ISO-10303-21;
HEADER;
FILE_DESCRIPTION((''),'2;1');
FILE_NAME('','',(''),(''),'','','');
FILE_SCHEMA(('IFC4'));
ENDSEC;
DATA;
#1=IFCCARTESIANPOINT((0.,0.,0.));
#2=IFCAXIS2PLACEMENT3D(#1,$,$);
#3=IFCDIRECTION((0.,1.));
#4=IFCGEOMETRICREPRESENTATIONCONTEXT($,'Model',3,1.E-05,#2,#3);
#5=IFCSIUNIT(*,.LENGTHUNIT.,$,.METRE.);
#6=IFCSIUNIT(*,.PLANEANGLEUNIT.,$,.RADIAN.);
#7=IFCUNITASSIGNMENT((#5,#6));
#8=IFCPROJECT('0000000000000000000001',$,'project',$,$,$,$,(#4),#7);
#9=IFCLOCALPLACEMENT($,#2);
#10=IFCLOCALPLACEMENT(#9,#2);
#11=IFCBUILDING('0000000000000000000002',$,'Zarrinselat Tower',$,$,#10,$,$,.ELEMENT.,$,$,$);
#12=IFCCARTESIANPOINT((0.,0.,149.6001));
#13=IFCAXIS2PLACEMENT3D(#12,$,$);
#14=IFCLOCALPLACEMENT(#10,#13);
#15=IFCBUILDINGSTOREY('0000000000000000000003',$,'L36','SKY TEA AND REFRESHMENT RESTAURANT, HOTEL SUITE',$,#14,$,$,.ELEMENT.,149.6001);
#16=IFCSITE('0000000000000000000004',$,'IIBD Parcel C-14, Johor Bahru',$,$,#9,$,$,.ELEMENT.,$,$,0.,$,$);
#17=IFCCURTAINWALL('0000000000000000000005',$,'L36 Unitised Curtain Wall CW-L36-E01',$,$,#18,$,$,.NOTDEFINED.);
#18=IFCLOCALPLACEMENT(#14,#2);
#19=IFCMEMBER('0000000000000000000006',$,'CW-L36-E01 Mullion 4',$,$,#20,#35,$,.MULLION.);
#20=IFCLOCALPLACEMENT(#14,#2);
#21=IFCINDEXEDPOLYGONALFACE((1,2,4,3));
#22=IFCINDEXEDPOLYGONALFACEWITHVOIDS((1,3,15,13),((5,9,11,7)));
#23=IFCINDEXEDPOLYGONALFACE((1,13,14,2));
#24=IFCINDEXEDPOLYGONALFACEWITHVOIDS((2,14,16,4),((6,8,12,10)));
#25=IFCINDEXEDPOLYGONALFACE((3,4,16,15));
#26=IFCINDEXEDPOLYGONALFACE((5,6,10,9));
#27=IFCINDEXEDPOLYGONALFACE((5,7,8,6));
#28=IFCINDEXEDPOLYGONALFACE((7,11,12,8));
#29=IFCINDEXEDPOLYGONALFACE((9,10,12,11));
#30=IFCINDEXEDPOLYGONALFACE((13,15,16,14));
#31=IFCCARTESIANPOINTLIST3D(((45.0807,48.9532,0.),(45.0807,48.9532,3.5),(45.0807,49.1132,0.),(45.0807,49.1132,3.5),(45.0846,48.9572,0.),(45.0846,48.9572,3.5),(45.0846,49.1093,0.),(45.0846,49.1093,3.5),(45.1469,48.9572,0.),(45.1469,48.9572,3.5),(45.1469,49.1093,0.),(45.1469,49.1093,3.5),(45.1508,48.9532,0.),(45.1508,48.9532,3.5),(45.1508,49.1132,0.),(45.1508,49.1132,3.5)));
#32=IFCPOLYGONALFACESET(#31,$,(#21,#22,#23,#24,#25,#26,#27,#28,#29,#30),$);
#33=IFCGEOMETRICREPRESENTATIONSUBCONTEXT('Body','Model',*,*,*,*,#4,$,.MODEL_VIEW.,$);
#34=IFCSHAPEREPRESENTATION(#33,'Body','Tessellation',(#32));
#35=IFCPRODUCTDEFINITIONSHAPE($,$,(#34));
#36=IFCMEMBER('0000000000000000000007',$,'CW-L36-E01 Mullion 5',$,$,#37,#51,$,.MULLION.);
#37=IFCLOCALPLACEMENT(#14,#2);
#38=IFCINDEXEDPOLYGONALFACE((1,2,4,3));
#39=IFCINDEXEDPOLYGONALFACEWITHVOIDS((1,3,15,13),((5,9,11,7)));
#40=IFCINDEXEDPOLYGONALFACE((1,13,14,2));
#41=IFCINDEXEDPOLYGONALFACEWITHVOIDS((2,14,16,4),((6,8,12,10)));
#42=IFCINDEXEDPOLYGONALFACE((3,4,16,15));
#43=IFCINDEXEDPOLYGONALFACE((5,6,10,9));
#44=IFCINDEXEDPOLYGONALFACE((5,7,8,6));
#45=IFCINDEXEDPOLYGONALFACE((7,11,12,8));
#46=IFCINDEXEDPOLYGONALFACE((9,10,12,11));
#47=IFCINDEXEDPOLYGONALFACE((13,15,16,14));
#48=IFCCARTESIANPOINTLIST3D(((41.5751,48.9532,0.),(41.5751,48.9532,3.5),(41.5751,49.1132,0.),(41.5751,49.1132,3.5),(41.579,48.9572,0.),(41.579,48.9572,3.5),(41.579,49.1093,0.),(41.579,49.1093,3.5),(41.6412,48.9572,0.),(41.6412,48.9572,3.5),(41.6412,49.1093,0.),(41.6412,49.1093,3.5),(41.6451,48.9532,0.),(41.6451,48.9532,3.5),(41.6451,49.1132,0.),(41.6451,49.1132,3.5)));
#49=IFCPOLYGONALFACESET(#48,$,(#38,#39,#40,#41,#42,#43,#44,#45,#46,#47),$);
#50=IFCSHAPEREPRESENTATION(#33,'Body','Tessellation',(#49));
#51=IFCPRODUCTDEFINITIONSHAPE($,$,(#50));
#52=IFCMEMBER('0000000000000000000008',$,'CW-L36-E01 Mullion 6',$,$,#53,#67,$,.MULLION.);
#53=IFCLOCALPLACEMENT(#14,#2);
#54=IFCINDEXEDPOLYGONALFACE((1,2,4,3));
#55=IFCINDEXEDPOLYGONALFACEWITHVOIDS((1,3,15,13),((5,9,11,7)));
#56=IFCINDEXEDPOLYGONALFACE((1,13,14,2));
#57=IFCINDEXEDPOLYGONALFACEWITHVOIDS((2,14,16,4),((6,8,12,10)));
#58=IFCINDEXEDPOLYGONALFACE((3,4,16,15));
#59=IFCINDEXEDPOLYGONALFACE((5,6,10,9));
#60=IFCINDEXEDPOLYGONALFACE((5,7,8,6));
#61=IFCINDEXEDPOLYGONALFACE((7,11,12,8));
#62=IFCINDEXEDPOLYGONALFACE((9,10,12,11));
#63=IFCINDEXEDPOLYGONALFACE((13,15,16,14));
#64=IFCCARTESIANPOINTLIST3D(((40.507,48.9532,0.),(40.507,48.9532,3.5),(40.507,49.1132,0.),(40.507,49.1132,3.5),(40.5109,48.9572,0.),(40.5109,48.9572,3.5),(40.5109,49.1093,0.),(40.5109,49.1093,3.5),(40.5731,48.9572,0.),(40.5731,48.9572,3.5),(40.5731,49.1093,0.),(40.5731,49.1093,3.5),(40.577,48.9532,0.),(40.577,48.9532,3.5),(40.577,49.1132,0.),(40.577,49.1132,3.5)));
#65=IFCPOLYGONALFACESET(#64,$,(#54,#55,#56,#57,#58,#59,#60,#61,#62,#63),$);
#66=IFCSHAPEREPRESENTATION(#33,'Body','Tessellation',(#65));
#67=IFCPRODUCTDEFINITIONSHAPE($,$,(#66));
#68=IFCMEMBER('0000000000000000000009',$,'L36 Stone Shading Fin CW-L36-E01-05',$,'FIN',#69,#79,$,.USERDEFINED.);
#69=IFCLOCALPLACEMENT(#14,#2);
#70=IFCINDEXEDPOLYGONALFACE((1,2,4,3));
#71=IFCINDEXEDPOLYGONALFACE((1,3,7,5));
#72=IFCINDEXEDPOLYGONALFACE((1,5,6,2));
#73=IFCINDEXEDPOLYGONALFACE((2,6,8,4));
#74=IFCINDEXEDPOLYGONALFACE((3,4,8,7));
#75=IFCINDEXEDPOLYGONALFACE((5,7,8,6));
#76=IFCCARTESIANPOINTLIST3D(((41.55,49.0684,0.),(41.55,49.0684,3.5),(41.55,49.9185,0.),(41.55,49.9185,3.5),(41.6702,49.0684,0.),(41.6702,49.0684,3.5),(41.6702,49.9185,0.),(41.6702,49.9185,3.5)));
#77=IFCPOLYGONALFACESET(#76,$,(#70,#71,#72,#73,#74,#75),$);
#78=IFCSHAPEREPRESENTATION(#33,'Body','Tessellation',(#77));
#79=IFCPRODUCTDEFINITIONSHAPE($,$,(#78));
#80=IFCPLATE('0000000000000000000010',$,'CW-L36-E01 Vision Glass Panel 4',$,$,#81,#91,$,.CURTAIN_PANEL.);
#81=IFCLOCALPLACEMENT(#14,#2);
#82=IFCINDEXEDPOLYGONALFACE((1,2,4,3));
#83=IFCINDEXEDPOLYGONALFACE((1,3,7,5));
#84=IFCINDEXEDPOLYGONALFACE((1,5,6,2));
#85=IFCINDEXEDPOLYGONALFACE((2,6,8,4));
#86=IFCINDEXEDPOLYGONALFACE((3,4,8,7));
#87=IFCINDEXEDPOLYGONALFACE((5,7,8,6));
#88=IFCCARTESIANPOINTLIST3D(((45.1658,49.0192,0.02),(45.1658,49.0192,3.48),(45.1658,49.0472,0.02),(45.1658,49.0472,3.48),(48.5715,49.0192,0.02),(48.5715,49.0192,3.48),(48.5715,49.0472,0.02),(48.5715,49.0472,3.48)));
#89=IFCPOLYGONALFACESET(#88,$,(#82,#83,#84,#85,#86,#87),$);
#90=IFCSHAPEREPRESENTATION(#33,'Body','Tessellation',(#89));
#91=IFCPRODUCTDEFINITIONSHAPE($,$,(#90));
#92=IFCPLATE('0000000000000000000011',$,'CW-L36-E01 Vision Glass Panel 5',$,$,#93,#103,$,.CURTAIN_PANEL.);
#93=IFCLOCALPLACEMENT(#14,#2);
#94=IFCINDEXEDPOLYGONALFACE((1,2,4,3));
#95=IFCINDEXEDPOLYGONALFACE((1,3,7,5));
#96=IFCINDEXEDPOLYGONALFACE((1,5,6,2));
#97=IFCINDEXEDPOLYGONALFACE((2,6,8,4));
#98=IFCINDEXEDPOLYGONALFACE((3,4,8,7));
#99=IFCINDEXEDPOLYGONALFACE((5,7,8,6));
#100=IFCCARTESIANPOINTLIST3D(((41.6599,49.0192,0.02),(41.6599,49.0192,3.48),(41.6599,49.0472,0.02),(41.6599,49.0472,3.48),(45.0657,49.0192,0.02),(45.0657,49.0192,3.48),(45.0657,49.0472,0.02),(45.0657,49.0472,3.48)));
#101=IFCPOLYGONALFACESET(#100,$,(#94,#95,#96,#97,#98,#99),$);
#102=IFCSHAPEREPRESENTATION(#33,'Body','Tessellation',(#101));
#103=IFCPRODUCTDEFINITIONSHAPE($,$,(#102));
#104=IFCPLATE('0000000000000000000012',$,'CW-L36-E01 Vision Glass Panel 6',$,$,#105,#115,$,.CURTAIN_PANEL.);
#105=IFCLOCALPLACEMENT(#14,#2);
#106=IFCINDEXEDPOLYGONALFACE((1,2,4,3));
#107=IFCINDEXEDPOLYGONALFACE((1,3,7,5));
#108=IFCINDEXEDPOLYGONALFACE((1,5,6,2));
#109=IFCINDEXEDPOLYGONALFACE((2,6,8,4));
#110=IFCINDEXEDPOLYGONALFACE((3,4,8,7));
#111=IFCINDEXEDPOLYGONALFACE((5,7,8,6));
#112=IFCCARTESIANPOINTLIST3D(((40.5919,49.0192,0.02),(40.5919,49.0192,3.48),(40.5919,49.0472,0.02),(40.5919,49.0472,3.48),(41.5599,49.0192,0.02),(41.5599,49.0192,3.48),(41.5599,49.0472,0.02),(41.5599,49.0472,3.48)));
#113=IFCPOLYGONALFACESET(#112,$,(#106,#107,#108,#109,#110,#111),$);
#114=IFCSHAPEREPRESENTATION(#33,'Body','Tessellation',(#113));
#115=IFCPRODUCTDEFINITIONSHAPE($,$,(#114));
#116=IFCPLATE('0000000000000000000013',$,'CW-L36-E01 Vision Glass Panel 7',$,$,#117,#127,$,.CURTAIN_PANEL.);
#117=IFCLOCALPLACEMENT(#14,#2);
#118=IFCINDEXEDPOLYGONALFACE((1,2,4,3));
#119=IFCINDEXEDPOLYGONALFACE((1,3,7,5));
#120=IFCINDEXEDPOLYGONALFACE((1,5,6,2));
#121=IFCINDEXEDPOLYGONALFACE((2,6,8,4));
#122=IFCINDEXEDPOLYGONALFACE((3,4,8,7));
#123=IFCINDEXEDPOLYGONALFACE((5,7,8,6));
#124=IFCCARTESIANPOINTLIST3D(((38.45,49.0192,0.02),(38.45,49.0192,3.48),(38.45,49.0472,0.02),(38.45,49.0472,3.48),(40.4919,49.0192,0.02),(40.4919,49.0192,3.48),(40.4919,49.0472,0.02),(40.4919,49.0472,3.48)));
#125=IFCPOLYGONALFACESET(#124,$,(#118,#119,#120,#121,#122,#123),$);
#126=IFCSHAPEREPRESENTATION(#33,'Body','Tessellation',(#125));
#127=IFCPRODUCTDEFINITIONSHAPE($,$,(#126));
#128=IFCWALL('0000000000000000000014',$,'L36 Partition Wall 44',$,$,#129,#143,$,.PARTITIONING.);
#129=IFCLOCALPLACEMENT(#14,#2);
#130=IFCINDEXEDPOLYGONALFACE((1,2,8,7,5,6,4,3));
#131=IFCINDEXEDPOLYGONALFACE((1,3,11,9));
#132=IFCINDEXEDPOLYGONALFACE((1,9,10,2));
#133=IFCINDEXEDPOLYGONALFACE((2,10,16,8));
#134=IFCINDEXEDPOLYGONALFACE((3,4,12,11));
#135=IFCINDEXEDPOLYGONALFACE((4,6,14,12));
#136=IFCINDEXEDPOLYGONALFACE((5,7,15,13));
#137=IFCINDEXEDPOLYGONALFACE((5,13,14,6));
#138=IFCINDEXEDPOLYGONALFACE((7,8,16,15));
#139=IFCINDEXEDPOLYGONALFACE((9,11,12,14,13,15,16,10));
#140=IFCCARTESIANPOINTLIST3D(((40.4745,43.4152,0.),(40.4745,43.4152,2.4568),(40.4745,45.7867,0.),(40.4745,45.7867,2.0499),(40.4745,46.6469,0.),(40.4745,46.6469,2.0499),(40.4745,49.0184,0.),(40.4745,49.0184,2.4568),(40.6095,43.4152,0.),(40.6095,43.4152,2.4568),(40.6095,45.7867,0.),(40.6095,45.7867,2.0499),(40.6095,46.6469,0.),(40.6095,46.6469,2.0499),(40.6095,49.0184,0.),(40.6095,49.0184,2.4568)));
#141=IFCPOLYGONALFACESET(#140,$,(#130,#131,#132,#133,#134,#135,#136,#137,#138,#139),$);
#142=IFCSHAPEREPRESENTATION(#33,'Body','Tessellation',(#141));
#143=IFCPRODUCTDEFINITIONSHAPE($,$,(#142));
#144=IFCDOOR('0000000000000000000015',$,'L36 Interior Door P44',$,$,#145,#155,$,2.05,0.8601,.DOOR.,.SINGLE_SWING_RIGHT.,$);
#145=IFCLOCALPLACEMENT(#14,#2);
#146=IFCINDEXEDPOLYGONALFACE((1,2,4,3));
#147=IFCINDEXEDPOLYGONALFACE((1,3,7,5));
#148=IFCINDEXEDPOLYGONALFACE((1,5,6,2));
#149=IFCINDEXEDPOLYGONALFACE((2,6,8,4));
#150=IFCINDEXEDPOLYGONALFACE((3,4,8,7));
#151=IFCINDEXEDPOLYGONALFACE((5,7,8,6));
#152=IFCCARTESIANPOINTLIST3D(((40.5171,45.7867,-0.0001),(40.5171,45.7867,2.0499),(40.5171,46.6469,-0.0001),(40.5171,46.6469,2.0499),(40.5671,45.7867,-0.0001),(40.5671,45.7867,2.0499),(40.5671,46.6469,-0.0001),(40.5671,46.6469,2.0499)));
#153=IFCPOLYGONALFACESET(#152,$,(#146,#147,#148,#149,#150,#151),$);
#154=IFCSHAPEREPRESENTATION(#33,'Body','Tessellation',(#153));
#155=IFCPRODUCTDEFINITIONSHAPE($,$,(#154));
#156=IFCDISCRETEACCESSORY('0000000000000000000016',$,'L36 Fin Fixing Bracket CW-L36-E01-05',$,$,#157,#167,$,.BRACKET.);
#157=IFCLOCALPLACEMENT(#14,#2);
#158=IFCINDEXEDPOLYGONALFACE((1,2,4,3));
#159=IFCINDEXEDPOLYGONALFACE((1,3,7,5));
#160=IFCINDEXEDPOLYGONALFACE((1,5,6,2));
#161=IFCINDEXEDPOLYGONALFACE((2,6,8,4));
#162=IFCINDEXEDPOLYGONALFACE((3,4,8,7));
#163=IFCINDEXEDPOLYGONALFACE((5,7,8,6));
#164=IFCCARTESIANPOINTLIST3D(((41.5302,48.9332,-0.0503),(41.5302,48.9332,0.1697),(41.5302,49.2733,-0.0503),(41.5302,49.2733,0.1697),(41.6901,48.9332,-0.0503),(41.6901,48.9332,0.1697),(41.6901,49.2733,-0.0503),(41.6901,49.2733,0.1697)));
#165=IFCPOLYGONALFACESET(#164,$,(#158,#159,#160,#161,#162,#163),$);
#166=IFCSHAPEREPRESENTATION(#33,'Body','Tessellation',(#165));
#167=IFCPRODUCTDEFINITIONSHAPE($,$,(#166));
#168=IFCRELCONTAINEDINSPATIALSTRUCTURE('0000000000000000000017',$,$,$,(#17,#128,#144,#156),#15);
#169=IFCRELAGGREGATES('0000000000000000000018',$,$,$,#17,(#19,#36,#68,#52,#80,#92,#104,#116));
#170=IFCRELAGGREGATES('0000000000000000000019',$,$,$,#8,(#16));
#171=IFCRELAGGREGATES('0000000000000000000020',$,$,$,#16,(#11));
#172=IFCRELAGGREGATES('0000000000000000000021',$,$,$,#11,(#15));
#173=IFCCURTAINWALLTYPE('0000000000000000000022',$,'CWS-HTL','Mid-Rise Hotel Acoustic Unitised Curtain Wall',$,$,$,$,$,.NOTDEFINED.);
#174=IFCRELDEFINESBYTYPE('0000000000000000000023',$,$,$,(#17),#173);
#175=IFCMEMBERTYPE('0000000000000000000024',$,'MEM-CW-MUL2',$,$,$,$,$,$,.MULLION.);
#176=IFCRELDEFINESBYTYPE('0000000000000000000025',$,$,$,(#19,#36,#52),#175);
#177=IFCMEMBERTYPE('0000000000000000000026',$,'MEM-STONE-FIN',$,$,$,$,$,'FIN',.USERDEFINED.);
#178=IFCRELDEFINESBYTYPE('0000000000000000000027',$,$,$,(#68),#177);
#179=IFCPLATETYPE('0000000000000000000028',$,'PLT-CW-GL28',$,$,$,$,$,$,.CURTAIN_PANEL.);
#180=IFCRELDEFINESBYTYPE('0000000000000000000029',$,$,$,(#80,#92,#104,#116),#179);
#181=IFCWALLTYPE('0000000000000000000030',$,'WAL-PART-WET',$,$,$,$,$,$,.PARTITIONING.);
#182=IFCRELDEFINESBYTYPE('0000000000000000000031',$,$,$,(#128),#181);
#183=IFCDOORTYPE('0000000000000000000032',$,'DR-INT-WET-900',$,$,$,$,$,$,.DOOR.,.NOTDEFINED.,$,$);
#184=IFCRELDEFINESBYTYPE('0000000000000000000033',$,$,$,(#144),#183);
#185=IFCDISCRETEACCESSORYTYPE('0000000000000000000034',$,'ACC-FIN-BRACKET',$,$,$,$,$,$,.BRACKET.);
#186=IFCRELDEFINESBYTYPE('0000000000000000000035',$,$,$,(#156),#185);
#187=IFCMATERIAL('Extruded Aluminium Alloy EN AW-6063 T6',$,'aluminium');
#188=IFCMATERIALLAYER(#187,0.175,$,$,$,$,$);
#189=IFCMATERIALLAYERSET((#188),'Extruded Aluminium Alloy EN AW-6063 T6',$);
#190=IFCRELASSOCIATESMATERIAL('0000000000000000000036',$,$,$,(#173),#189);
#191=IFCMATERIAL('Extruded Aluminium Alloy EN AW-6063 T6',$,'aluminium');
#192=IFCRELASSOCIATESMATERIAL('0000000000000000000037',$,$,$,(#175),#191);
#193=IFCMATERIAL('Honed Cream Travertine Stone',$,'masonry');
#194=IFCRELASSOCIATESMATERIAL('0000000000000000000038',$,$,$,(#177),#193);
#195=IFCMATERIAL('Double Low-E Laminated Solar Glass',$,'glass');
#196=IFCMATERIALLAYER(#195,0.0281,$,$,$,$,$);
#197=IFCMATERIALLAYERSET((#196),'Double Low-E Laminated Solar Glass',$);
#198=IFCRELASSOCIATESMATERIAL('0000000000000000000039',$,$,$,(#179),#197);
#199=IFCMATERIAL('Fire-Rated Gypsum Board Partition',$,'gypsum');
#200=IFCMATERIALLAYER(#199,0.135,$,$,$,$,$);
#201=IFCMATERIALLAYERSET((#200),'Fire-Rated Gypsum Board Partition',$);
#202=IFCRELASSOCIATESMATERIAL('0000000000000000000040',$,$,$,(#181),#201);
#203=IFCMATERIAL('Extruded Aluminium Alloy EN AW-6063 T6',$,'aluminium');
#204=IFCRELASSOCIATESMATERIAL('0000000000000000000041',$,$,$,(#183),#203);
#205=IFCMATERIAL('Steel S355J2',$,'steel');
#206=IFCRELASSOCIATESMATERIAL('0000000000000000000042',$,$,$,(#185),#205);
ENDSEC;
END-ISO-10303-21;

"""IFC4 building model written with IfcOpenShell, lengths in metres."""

from ifc_helpers import new_model, si_unit, direction, frame, frame_2d, origin, origin_2d, place, context, subcontext, project, spatial, rectangle, hollow_rectangle, extrude, material, layer, layer_set, material_profile, profile_set, type_object, element, fill, aggregate, save


model = new_model("IFC4")

# Units and contexts
model_context = context("Model", 3, precision=1e-05, world=origin(), true_north=direction((0.0, 1.0)))
body_context = subcontext(model_context, "Body", "Model", "MODEL_VIEW")
ifc_project = project(units=[si_unit("LENGTHUNIT", "METRE"), si_unit("PLANEANGLEUNIT", "RADIAN")], contexts=[model_context])

# Site, building, storey
site_placement = place(None, origin())
site = spatial("IfcSite", under=ifc_project, at=site_placement, Name="IIBD Parcel C-14, Johor Bahru", CompositionType="ELEMENT", RefElevation=0.0)
building_placement = place(site_placement, origin())
building = spatial("IfcBuilding", under=site, at=building_placement, Name="Zarrinselat Tower", CompositionType="ELEMENT")
storey_placement = place(building_placement, frame((0.0, 0.0, 149.6001)))
storey = spatial("IfcBuildingStorey", under=building, at=storey_placement, Name="L36", Description="SKY TEA AND REFRESHMENT RESTAURANT, HOTEL SUITE", CompositionType="ELEMENT", Elevation=149.6001)

# Curtain wall, members, plates
ifc_material_1 = material(Name="Extruded Aluminium Alloy EN AW-6063 T6", Category="aluminium")
ifc_layer_1 = layer(ifc_material_1, 0.175)
ifc_layer_set_1 = layer_set([ifc_layer_1], Name="Extruded Aluminium Alloy EN AW-6063 T6")
curtain_wall_type = type_object("IfcCurtainWallType", Name="CWS-HTL", Description="Mid-Rise Hotel Acoustic Unitised Curtain Wall", PredefinedType="NOTDEFINED", material=ifc_layer_set_1)
curtain_wall_placement = place(storey_placement, origin())
curtain_wall = element("IfcCurtainWall", 1, at=curtain_wall_placement, inside=storey, type_object=curtain_wall_type, Name="L36 Unitised Curtain Wall CW-L36-E01", PredefinedType="NOTDEFINED")
ifc_material_2 = material(Name="Extruded Aluminium Alloy EN AW-6063 T6", Category="aluminium")
ifc_material_profile_1 = material_profile(ifc_material_2, hollow_rectangle(XDim=0.0701, YDim=0.1599, WallThickness=0.0039, at=origin_2d()), Name="RHS 160x70x4")
ifc_profile_set_1 = profile_set([ifc_material_profile_1], Name="Extruded Aluminium Alloy EN AW-6063 T6")
member_type_1 = type_object("IfcMemberType", Name="MEM-CW-MUL2", PredefinedType="MULLION", material=ifc_profile_set_1)
member_1_placement = place(storey_placement, frame((45.1157, 49.0332, 0.0), z_axis=(0.0, 0.0, 1.0), x_axis=(-1.0, 0.0, 0.0)))
member_1 = element("IfcMember", 2, at=member_1_placement, type_object=member_type_1, Name="CW-L36-E01 Mullion 4", PredefinedType="MULLION", context=body_context, shape_type="SweptSolid", body=[
    extrude(hollow_rectangle(XDim=0.0701, YDim=0.1599, WallThickness=0.0039, at=origin_2d()), origin(), (0.0, 0.0, 1.0), 3.5),
])
member_2_placement = place(storey_placement, frame((41.6101, 49.0332, 0.0), z_axis=(0.0, 0.0, 1.0), x_axis=(-1.0, 0.0, 0.0)))
member_2 = element("IfcMember", 3, at=member_2_placement, type_object=member_type_1, Name="CW-L36-E01 Mullion 5", PredefinedType="MULLION", context=body_context, shape_type="SweptSolid", body=[
    extrude(hollow_rectangle(XDim=0.0701, YDim=0.1599, WallThickness=0.0039, at=origin_2d()), origin(), (0.0, 0.0, 1.0), 3.5),
])
member_3_placement = place(storey_placement, frame((40.542, 49.0332, 0.0), z_axis=(0.0, 0.0, 1.0), x_axis=(-1.0, 0.0, 0.0)))
member_3 = element("IfcMember", 4, at=member_3_placement, type_object=member_type_1, Name="CW-L36-E01 Mullion 6", PredefinedType="MULLION", context=body_context, shape_type="SweptSolid", body=[
    extrude(hollow_rectangle(XDim=0.0701, YDim=0.1599, WallThickness=0.0039, at=origin_2d()), origin(), (0.0, 0.0, 1.0), 3.5),
])
ifc_material_3 = material(Name="Honed Cream Travertine Stone", Category="masonry")
ifc_material_profile_2 = material_profile(ifc_material_3, rectangle(XDim=0.1201, YDim=0.8501, at=origin_2d()), Name="FIN 850x120")
ifc_profile_set_2 = profile_set([ifc_material_profile_2], Name="Honed Cream Travertine Stone")
member_type_2 = type_object("IfcMemberType", Name="MEM-STONE-FIN", ElementType="FIN", PredefinedType="USERDEFINED", material=ifc_profile_set_2)
member_4_placement = place(storey_placement, frame((41.6101, 49.4934, 0.0), z_axis=(0.0, 0.0, 1.0), x_axis=(1.0, 0.0, 0.0)))
member_4 = element("IfcMember", 5, at=member_4_placement, type_object=member_type_2, Name="L36 Stone Shading Fin CW-L36-E01-05", ObjectType="FIN", PredefinedType="USERDEFINED", context=body_context, shape_type="SweptSolid", body=[
    extrude(rectangle(XDim=0.1201, YDim=0.8501, at=origin_2d()), origin(), (0.0, 0.0, 1.0), 3.5),
])
ifc_material_4 = material(Name="Double Low-E Laminated Solar Glass", Category="glass")
ifc_layer_2 = layer(ifc_material_4, 0.0281)
ifc_layer_set_2 = layer_set([ifc_layer_2], Name="Double Low-E Laminated Solar Glass")
plate_type = type_object("IfcPlateType", Name="PLT-CW-GL28", PredefinedType="CURTAIN_PANEL", material=ifc_layer_set_2)
plate_1_placement = place(storey_placement, frame((46.8687, 49.0332, 0.02), z_axis=(0.0, 0.0, 1.0), x_axis=(-1.0, 0.0, 0.0)))
plate_1 = element("IfcPlate", 6, at=plate_1_placement, type_object=plate_type, Name="CW-L36-E01 Vision Glass Panel 4", PredefinedType="CURTAIN_PANEL", context=body_context, shape_type="SweptSolid", body=[
    extrude(rectangle(XDim=3.4058, YDim=0.0281, at=origin_2d()), origin(), (0.0, 0.0, 1.0), 3.46),
])
plate_2_placement = place(storey_placement, frame((43.3628, 49.0332, 0.02), z_axis=(0.0, 0.0, 1.0), x_axis=(-1.0, 0.0, 0.0)))
plate_2 = element("IfcPlate", 7, at=plate_2_placement, type_object=plate_type, Name="CW-L36-E01 Vision Glass Panel 5", PredefinedType="CURTAIN_PANEL", context=body_context, shape_type="SweptSolid", body=[
    extrude(rectangle(XDim=3.4058, YDim=0.0281, at=origin_2d()), origin(), (0.0, 0.0, 1.0), 3.46),
])
plate_3_placement = place(storey_placement, frame((41.0759, 49.0332, 0.02), z_axis=(0.0, 0.0, 1.0), x_axis=(-1.0, 0.0, 0.0)))
plate_3 = element("IfcPlate", 8, at=plate_3_placement, type_object=plate_type, Name="CW-L36-E01 Vision Glass Panel 6", PredefinedType="CURTAIN_PANEL", context=body_context, shape_type="SweptSolid", body=[
    extrude(rectangle(XDim=0.968, YDim=0.0281, at=origin_2d()), origin(), (0.0, 0.0, 1.0), 3.46),
])
plate_4_placement = place(storey_placement, frame((39.4709, 49.0332, 0.02), z_axis=(0.0, 0.0, 1.0), x_axis=(-1.0, 0.0, 0.0)))
plate_4 = element("IfcPlate", 9, at=plate_4_placement, type_object=plate_type, Name="CW-L36-E01 Vision Glass Panel 7", PredefinedType="CURTAIN_PANEL", context=body_context, shape_type="SweptSolid", body=[
    extrude(rectangle(XDim=2.042, YDim=0.0281, at=origin_2d()), origin(), (0.0, 0.0, 1.0), 3.46),
])
aggregate(curtain_wall, [member_1, member_2, member_4, member_3, plate_1, plate_2, plate_3, plate_4])

# Wall, opening, door
ifc_material_5 = material(Name="Fire-Rated Gypsum Board Partition", Category="gypsum")
ifc_layer_3 = layer(ifc_material_5, 0.135)
ifc_layer_set_3 = layer_set([ifc_layer_3], Name="Fire-Rated Gypsum Board Partition")
wall_type = type_object("IfcWallType", Name="WAL-PART-WET", PredefinedType="PARTITIONING", material=ifc_layer_set_3)
wall_placement = place(storey_placement, frame((40.542, 43.415, 0.0), z_axis=(0.0, 0.0, 1.0), x_axis=(0.0, 1.0, 0.0)))
wall = element("IfcWall", 10, at=wall_placement, inside=storey, type_object=wall_type, Name="L36 Partition Wall 44", PredefinedType="PARTITIONING", context=body_context, shape_type="SweptSolid", body=[
    extrude(rectangle(XDim=5.6033, YDim=0.135, at=frame_2d((2.8018, 0.0))), origin(), (0.0, 0.0, 1.0), 2.4568),
])
opening_placement = place(wall_placement, frame((2.3716, 0.0, 0.0)))
opening = element("IfcOpeningElement", 11, at=opening_placement, cuts=wall, PredefinedType="OPENING", context=body_context, shape_type="SweptSolid", body=[
    extrude(rectangle(XDim=0.8601, YDim=2.05, at=frame_2d((0.4302, 1.0249))), frame((0.0, 0.0774, 0.0), z_axis=(0.0, -1.0, 0.0), x_axis=(1.0, 0.0, 0.0)), (0.0, 0.0, 1.0), 0.155),
])
ifc_material_6 = material(Name="Extruded Aluminium Alloy EN AW-6063 T6", Category="aluminium")
door_type = type_object("IfcDoorType", Name="DR-INT-WET-900", OperationType="NOTDEFINED", PredefinedType="DOOR", material=ifc_material_6)
door_placement = place(opening_placement, origin())
door = element("IfcDoor", 12, at=door_placement, inside=storey, type_object=door_type, Name="L36 Interior Door P44", OperationType="SINGLE_SWING_RIGHT", OverallHeight=2.05, OverallWidth=0.8601, PredefinedType="DOOR", context=body_context, shape_type="SweptSolid", body=[
    extrude(rectangle(XDim=0.8601, YDim=2.05, at=frame_2d((0.4302, 1.0249))), frame((0.0, 0.0249, 0.0), z_axis=(0.0, -1.0, 0.0), x_axis=(1.0, 0.0, 0.0)), (0.0, 0.0, 1.0), 0.05),
])
fill(opening, door)

# Discrete accessory
ifc_material_7 = material(Name="Steel S355J2", Category="steel")
discrete_accessory_type = type_object("IfcDiscreteAccessoryType", Name="ACC-FIN-BRACKET", PredefinedType="BRACKET", material=ifc_material_7)
discrete_accessory_placement = place(storey_placement, frame((41.6101, 49.1033, -0.0503), z_axis=(0.0, 0.0, 1.0), x_axis=(0.0, 1.0, 0.0)))
element("IfcDiscreteAccessory", 13, at=discrete_accessory_placement, inside=storey, type_object=discrete_accessory_type, Name="L36 Fin Fixing Bracket CW-L36-E01-05", PredefinedType="BRACKET", context=body_context, shape_type="SweptSolid", body=[
    extrude(rectangle(XDim=0.3401, YDim=0.1599, at=origin_2d()), origin(), (0.0, 0.0, 1.0), 0.22),
])

save(model, "model.ifc")
